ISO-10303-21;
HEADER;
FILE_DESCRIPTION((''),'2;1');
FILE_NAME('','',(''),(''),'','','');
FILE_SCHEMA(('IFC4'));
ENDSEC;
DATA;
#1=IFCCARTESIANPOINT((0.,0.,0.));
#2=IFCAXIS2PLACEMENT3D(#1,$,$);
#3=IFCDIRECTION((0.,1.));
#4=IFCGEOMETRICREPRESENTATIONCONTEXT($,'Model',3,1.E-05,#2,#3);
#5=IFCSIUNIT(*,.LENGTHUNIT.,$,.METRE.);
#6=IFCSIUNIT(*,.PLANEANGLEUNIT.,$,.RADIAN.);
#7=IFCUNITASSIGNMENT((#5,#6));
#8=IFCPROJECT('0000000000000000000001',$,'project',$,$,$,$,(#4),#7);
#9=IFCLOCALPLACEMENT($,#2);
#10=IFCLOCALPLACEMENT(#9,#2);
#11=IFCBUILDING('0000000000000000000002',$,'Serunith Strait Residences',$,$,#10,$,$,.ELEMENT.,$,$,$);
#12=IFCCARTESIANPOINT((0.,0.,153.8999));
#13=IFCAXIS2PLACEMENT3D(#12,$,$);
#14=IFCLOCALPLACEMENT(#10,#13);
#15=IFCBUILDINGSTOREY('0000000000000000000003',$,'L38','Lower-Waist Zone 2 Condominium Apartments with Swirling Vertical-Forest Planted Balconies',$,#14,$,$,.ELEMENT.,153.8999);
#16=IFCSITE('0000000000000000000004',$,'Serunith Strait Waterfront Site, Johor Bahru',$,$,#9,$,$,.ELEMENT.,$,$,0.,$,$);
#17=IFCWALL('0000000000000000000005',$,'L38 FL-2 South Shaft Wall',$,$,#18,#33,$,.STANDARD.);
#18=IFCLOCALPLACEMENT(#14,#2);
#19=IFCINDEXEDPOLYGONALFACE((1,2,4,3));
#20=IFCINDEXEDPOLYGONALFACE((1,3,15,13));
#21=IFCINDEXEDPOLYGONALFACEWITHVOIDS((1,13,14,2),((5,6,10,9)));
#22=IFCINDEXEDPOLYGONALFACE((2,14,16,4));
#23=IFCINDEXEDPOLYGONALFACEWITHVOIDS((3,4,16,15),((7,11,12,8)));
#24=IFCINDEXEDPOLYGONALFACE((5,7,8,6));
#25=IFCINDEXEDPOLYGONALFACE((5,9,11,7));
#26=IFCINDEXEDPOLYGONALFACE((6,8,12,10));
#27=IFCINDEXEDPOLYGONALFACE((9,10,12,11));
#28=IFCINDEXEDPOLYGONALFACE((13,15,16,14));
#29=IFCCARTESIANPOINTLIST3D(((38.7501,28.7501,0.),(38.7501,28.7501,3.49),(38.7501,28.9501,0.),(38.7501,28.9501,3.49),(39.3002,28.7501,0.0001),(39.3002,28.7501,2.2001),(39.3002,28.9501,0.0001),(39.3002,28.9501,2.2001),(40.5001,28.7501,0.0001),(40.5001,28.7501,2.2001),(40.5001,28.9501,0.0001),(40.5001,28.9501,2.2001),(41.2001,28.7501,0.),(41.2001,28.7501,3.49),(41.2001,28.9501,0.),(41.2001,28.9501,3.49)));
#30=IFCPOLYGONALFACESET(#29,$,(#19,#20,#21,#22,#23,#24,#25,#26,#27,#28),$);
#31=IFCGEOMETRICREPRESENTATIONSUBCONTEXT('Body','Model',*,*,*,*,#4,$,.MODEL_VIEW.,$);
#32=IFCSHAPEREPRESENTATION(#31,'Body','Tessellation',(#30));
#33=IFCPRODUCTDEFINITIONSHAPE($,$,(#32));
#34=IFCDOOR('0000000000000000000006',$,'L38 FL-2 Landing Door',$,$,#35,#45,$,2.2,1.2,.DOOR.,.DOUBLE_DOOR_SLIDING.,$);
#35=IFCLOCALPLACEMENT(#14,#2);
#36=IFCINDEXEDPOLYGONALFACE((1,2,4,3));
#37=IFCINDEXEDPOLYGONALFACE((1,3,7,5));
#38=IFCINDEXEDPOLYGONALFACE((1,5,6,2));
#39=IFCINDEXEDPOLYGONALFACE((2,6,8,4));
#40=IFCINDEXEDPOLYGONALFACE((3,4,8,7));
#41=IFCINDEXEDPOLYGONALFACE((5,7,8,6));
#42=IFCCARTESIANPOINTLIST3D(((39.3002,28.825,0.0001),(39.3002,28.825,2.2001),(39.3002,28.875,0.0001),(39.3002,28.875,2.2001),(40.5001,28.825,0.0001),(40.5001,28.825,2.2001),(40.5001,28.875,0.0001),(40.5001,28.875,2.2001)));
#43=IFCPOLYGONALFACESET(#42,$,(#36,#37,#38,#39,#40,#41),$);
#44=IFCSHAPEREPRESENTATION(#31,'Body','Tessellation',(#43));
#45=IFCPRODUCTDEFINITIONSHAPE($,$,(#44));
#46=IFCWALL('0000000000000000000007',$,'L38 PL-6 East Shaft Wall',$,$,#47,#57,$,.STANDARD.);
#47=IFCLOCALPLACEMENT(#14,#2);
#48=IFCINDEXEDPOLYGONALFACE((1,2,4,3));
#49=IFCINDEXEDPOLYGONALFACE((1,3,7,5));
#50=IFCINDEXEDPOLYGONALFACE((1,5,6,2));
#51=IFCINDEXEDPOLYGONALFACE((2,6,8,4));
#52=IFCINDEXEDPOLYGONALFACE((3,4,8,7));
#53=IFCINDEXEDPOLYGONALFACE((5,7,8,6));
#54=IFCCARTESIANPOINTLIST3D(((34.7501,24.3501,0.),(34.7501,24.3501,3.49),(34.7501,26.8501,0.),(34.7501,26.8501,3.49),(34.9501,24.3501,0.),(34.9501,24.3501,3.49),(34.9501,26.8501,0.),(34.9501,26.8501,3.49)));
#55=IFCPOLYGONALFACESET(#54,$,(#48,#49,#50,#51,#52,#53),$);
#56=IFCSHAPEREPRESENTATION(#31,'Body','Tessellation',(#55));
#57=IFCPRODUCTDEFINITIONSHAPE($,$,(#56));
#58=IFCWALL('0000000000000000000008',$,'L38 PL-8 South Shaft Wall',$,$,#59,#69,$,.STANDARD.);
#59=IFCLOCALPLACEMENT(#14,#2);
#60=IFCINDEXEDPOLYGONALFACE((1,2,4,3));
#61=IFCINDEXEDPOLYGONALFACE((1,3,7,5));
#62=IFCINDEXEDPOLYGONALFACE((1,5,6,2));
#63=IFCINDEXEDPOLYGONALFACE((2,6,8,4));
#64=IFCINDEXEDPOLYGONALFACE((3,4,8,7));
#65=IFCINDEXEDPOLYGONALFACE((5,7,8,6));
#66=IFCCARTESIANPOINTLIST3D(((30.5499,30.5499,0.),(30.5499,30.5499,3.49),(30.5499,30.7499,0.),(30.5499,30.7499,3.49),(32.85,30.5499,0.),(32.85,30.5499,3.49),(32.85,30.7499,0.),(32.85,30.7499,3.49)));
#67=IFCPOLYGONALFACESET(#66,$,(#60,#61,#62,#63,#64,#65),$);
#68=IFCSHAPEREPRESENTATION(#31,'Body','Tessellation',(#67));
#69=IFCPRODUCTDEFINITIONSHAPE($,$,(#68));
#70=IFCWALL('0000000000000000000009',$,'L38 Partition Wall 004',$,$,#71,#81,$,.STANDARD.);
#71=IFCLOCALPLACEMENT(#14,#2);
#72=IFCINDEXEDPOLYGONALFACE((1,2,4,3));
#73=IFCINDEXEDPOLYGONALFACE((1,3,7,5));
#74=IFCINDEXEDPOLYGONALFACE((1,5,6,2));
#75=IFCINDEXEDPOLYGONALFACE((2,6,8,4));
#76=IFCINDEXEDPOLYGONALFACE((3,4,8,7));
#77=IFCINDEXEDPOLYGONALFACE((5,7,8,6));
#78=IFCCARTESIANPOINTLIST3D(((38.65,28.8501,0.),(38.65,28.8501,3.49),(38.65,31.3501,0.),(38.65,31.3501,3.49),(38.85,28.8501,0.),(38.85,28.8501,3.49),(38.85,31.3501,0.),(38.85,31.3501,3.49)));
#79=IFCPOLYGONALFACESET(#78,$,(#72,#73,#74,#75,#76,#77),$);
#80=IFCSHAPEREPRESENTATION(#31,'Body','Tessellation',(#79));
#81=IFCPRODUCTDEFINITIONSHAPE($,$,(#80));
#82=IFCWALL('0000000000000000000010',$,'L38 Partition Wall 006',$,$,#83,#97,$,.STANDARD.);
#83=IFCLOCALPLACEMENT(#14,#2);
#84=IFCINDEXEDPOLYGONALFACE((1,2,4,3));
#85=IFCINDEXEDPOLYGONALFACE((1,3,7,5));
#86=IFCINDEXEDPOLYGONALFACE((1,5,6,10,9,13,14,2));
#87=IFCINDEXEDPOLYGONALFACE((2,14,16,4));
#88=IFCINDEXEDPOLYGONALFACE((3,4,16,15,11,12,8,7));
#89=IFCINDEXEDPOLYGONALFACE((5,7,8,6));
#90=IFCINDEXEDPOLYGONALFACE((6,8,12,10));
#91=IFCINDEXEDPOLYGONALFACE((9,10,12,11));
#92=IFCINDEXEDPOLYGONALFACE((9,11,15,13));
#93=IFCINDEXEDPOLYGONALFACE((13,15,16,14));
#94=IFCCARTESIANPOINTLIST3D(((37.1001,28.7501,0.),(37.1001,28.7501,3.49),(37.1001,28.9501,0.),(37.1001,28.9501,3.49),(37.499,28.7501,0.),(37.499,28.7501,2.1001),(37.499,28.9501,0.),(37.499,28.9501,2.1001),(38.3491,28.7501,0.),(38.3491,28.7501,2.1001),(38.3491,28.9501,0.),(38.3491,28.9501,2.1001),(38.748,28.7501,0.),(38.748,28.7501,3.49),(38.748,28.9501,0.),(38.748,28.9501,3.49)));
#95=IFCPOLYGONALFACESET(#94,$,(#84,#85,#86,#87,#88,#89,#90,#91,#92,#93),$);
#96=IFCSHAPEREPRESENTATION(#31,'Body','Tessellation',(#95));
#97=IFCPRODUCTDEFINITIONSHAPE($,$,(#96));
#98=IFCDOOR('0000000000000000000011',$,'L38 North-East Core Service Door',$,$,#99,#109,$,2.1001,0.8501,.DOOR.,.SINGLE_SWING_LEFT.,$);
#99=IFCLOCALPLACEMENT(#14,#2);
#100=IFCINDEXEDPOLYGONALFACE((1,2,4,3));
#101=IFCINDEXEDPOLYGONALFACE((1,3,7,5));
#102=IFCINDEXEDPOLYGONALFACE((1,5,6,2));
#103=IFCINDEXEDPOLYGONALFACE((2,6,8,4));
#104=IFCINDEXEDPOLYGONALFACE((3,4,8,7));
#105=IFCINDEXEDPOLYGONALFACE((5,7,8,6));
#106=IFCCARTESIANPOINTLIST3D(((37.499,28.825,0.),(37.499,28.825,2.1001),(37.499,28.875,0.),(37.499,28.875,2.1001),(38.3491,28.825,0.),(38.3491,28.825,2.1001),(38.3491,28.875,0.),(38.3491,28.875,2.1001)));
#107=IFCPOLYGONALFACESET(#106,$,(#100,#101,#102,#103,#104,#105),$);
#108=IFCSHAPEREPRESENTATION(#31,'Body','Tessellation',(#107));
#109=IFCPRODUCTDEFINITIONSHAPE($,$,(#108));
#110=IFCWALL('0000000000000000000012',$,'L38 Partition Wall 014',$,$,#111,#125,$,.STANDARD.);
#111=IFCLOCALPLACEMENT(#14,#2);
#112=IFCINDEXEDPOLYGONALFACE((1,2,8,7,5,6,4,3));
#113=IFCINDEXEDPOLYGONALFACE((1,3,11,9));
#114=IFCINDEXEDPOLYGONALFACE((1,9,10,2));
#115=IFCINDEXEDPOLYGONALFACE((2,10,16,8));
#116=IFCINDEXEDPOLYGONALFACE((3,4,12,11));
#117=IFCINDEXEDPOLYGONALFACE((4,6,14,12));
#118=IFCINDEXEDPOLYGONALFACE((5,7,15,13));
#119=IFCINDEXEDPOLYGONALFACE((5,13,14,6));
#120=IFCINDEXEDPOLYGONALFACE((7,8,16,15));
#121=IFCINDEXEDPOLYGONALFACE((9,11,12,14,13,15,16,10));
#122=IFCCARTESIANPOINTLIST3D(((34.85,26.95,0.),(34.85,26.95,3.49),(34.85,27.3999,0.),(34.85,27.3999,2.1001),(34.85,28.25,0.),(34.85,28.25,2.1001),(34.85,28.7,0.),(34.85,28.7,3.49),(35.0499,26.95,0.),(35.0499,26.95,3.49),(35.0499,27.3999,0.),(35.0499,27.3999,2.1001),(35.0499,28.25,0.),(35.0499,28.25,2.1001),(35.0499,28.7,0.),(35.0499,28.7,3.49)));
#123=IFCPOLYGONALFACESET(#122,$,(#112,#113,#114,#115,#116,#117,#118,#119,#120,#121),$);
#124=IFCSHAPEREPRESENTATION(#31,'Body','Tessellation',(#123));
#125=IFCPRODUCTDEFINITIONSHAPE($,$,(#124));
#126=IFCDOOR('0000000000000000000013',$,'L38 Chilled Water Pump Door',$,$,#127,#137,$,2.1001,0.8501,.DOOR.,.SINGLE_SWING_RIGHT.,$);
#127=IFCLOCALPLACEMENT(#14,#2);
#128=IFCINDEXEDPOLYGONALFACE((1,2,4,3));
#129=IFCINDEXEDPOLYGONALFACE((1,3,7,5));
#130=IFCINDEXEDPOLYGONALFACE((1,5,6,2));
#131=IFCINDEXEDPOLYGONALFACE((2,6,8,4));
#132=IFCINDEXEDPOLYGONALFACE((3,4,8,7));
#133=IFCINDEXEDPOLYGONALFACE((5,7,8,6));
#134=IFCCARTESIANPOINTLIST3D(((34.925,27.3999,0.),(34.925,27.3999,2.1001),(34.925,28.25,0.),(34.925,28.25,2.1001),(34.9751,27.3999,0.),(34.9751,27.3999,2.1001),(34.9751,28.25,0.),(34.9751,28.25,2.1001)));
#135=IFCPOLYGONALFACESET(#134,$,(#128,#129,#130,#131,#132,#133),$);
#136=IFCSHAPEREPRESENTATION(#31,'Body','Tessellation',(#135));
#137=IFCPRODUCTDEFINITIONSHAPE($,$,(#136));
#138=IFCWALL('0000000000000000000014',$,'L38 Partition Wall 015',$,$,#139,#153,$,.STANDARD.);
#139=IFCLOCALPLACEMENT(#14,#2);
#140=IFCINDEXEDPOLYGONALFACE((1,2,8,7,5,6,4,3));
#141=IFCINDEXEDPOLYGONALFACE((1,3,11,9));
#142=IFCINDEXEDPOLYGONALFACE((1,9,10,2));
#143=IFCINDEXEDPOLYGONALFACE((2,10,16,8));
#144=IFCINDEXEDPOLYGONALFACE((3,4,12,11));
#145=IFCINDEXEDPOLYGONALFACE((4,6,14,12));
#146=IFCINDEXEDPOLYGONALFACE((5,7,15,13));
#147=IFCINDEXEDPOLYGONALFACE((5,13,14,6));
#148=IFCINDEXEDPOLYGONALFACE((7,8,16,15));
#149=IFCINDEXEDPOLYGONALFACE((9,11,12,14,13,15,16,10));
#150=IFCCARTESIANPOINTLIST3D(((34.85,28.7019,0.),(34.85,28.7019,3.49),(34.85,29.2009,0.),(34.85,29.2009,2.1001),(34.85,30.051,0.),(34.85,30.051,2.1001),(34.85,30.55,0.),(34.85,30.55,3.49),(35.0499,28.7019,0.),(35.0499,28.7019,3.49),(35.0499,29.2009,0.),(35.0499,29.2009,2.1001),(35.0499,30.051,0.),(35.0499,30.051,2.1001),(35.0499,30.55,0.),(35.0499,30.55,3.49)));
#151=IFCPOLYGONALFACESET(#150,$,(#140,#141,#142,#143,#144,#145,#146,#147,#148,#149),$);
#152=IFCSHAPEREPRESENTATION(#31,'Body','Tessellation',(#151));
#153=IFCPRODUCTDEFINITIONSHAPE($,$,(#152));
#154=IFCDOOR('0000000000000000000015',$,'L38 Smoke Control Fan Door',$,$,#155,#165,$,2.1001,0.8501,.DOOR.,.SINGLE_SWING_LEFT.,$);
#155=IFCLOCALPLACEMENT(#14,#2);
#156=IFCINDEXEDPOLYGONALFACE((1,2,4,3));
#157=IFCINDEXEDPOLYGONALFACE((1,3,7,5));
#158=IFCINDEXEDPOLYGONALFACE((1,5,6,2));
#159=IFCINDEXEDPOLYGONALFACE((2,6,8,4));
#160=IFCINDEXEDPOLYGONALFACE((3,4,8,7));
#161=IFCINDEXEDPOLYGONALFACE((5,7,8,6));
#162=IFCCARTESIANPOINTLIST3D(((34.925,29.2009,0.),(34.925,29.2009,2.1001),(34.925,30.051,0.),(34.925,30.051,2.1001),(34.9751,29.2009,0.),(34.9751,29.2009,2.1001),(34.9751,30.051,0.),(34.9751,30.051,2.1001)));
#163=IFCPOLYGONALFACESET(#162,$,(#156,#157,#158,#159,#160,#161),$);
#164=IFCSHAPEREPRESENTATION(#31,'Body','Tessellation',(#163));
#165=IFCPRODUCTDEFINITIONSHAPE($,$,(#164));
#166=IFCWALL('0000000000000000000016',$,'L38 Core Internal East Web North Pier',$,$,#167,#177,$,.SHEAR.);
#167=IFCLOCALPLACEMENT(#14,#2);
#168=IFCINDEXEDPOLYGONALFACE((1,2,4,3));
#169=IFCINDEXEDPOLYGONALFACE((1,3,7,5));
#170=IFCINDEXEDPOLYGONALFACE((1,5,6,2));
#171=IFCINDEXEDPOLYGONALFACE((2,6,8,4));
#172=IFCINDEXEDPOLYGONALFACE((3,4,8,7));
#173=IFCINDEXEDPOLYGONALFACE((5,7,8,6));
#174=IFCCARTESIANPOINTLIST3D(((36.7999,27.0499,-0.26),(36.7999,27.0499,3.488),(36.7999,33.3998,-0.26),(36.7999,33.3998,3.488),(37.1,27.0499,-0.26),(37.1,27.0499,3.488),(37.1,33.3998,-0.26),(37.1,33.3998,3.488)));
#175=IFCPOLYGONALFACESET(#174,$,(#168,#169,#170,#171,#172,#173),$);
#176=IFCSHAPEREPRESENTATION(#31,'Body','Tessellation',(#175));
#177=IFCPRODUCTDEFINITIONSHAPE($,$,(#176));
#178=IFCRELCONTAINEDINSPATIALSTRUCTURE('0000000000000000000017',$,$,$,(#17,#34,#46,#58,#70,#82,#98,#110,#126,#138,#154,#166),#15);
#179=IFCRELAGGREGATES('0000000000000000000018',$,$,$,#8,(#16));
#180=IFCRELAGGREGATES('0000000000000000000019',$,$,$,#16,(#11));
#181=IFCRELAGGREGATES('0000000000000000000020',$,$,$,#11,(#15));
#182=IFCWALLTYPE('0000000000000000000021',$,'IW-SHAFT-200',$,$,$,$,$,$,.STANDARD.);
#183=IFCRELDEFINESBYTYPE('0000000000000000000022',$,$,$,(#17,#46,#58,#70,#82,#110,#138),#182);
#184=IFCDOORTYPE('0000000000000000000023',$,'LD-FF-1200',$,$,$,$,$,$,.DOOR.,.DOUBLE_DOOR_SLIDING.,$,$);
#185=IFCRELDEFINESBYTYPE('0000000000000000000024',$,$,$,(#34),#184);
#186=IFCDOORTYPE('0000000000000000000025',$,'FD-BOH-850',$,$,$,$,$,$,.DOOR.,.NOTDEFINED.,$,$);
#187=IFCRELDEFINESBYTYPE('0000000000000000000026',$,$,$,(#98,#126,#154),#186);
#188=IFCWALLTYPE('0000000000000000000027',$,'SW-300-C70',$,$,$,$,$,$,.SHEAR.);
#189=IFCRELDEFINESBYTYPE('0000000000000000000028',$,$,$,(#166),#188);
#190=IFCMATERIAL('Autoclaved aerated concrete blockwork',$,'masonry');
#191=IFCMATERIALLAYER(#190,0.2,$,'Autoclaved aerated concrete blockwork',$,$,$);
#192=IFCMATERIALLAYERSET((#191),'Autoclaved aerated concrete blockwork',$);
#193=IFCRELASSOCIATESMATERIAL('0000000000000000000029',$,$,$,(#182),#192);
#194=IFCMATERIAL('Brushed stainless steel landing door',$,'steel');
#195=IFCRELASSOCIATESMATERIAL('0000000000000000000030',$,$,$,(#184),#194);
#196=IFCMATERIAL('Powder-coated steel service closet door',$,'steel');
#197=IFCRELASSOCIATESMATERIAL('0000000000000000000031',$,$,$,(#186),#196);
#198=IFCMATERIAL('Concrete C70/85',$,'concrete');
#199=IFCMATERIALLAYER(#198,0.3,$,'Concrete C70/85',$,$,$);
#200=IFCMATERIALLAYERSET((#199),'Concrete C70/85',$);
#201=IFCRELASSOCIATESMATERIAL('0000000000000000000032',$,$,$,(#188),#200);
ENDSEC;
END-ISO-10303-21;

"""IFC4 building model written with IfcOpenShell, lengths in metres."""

from ifc_helpers import new_model, si_unit, direction, frame, frame_2d, origin, place, context, subcontext, project, spatial, rectangle, extrude, source, transform, mapped, material, layer, layer_set, type_object, element, fill, save


model = new_model("IFC4")

# Units and contexts
model_context = context("Model", 3, precision=1e-05, world=origin(), true_north=direction((0.0, 1.0)))
body_context = subcontext(model_context, "Body", "Model", "MODEL_VIEW")
ifc_project = project(units=[si_unit("LENGTHUNIT", "METRE"), si_unit("PLANEANGLEUNIT", "RADIAN")], contexts=[model_context])

# Site, building, storey
site_placement = place(None, origin())
site = spatial("IfcSite", under=ifc_project, at=site_placement, Name="Serunith Strait Waterfront Site, Johor Bahru", CompositionType="ELEMENT", RefElevation=0.0)
building_placement = place(site_placement, origin())
building = spatial("IfcBuilding", under=site, at=building_placement, Name="Serunith Strait Residences", CompositionType="ELEMENT")
storey_placement = place(building_placement, frame((0.0, 0.0, 153.8999)))
storey = spatial("IfcBuildingStorey", under=building, at=storey_placement, Name="L38", Description="Lower-Waist Zone 2 Condominium Apartments with Swirling Vertical-Forest Planted Balconies", CompositionType="ELEMENT", Elevation=153.8999)

# Wall, opening, door
ifc_material_1 = material(Name="Autoclaved aerated concrete blockwork", Category="masonry")
ifc_layer_1 = layer(ifc_material_1, 0.2, Name="Autoclaved aerated concrete blockwork")
ifc_layer_set_1 = layer_set([ifc_layer_1], Name="Autoclaved aerated concrete blockwork")
wall_type_1 = type_object("IfcWallType", Name="IW-SHAFT-200", PredefinedType="STANDARD", material=ifc_layer_set_1)
wall_1_placement = place(storey_placement, frame((38.75, 28.8501, 0.0), z_axis=(0.0, 0.0, 1.0), x_axis=(1.0, 0.0, 0.0)))
wall_1 = element("IfcWall", 1, at=wall_1_placement, inside=storey, type_object=wall_type_1, Name="L38 FL-2 South Shaft Wall", PredefinedType="STANDARD", context=body_context, shape_type="SweptSolid", body=[
    extrude(rectangle(XDim=2.45, YDim=0.2, at=frame_2d((1.2251, 0.0))), origin(), (0.0, 0.0, 1.0), 3.49),
])
opening_1_placement = place(wall_1_placement, frame((0.55, 0.0, 0.0)))
opening_1 = element("IfcOpeningElement", 2, at=opening_1_placement, cuts=wall_1, PredefinedType="OPENING", context=body_context, shape_type="SweptSolid", body=[
    extrude(rectangle(XDim=1.2, YDim=2.2, at=frame_2d((0.6001, 1.1001))), frame((0.0, 0.1099, 0.0), z_axis=(0.0, -1.0, 0.0), x_axis=(1.0, 0.0, 0.0)), (0.0, 0.0, 1.0), 0.22),
])
ifc_material_2 = material(Name="Brushed stainless steel landing door", Category="steel")
door_type_1 = type_object("IfcDoorType", Name="LD-FF-1200", OperationType="DOUBLE_DOOR_SLIDING", PredefinedType="DOOR", material=ifc_material_2)
shared_shape_1 = source(origin(), body_context, "Body", "SweptSolid", [
    extrude(rectangle(XDim=1.2, YDim=2.2, at=frame_2d((0.6001, 1.1001))), frame((0.0, 0.0249, 0.0), z_axis=(0.0, -1.0, 0.0), x_axis=(1.0, 0.0, 0.0)), (0.0, 0.0, 1.0), 0.05),
])
door_1_placement = place(opening_1_placement, origin())
door_1 = element("IfcDoor", 3, at=door_1_placement, inside=storey, type_object=door_type_1, Name="L38 FL-2 Landing Door", OperationType="DOUBLE_DOOR_SLIDING", OverallHeight=2.2, OverallWidth=1.2, PredefinedType="DOOR", context=body_context, shape_type="MappedRepresentation", body=[
    mapped(shared_shape_1, transform((0.0, 0.0, 0.0), scale=1.0)),
])
fill(opening_1, door_1)

# Walls
wall_2_placement = place(storey_placement, frame((34.8501, 24.3501, 0.0), z_axis=(0.0, 0.0, 1.0), x_axis=(0.0, 1.0, 0.0)))
element("IfcWall", 4, at=wall_2_placement, inside=storey, type_object=wall_type_1, Name="L38 PL-6 East Shaft Wall", PredefinedType="STANDARD", context=body_context, shape_type="SweptSolid", body=[
    extrude(rectangle(XDim=2.5, YDim=0.2, at=frame_2d((1.25, 0.0))), origin(), (0.0, 0.0, 1.0), 3.49),
])
wall_3_placement = place(storey_placement, frame((30.55, 30.6499, 0.0), z_axis=(0.0, 0.0, 1.0), x_axis=(1.0, 0.0, 0.0)))
element("IfcWall", 5, at=wall_3_placement, inside=storey, type_object=wall_type_1, Name="L38 PL-8 South Shaft Wall", PredefinedType="STANDARD", context=body_context, shape_type="SweptSolid", body=[
    extrude(rectangle(XDim=2.3, YDim=0.2, at=frame_2d((1.1499, 0.0))), origin(), (0.0, 0.0, 1.0), 3.49),
])
wall_4_placement = place(storey_placement, frame((38.75, 28.8501, 0.0), z_axis=(0.0, 0.0, 1.0), x_axis=(0.0, 1.0, 0.0)))
element("IfcWall", 6, at=wall_4_placement, inside=storey, type_object=wall_type_1, Name="L38 Partition Wall 004", PredefinedType="STANDARD", context=body_context, shape_type="SweptSolid", body=[
    extrude(rectangle(XDim=2.5, YDim=0.2, at=frame_2d((1.25, 0.0))), origin(), (0.0, 0.0, 1.0), 3.49),
])

# Walls, openings, doors
wall_5_placement = place(storey_placement, frame((37.1001, 28.8501, 0.0), z_axis=(0.0, 0.0, 1.0), x_axis=(1.0, 0.0, 0.0)))
wall_5 = element("IfcWall", 7, at=wall_5_placement, inside=storey, type_object=wall_type_1, Name="L38 Partition Wall 006", PredefinedType="STANDARD", context=body_context, shape_type="SweptSolid", body=[
    extrude(rectangle(XDim=1.6479, YDim=0.2, at=frame_2d((0.824, 0.0))), origin(), (0.0, 0.0, 1.0), 3.49),
])
opening_2_placement = place(wall_5_placement, frame((0.3989, 0.0, 0.0)))
opening_2 = element("IfcOpeningElement", 8, at=opening_2_placement, cuts=wall_5, PredefinedType="OPENING", context=body_context, shape_type="SweptSolid", body=[
    extrude(rectangle(XDim=0.8501, YDim=2.1001, at=frame_2d((0.425, 1.05))), frame((0.0, 0.1099, 0.0), z_axis=(0.0, -1.0, 0.0), x_axis=(1.0, 0.0, 0.0)), (0.0, 0.0, 1.0), 0.22),
])
ifc_material_3 = material(Name="Powder-coated steel service closet door", Category="steel")
door_type_2 = type_object("IfcDoorType", Name="FD-BOH-850", OperationType="NOTDEFINED", PredefinedType="DOOR", material=ifc_material_3)
shared_shape_2 = source(origin(), body_context, "Body", "SweptSolid", [
    extrude(rectangle(XDim=0.8501, YDim=2.1001, at=frame_2d((0.425, 1.05))), frame((0.0, 0.0249, 0.0), z_axis=(0.0, -1.0, 0.0), x_axis=(1.0, 0.0, 0.0)), (0.0, 0.0, 1.0), 0.05),
])
door_2_placement = place(opening_2_placement, origin())
door_2 = element("IfcDoor", 9, at=door_2_placement, inside=storey, type_object=door_type_2, Name="L38 North-East Core Service Door", OperationType="SINGLE_SWING_LEFT", OverallHeight=2.1001, OverallWidth=0.8501, PredefinedType="DOOR", context=body_context, shape_type="MappedRepresentation", body=[
    mapped(shared_shape_2, transform((0.0, 0.0, 0.0), scale=1.0)),
])
fill(opening_2, door_2)
wall_6_placement = place(storey_placement, frame((34.95, 26.95, 0.0), z_axis=(0.0, 0.0, 1.0), x_axis=(0.0, 1.0, 0.0)))
wall_6 = element("IfcWall", 10, at=wall_6_placement, inside=storey, type_object=wall_type_1, Name="L38 Partition Wall 014", PredefinedType="STANDARD", context=body_context, shape_type="SweptSolid", body=[
    extrude(rectangle(XDim=1.75, YDim=0.2, at=frame_2d((0.875, 0.0))), origin(), (0.0, 0.0, 1.0), 3.49),
])
opening_3_placement = place(wall_6_placement, frame((0.45, 0.0, 0.0)))
opening_3 = element("IfcOpeningElement", 11, at=opening_3_placement, cuts=wall_6, PredefinedType="OPENING", context=body_context, shape_type="SweptSolid", body=[
    extrude(rectangle(XDim=0.8501, YDim=2.1001, at=frame_2d((0.425, 1.05))), frame((0.0, 0.1099, 0.0), z_axis=(0.0, -1.0, 0.0), x_axis=(1.0, 0.0, 0.0)), (0.0, 0.0, 1.0), 0.22),
])
door_3_placement = place(opening_3_placement, origin())
door_3 = element("IfcDoor", 12, at=door_3_placement, inside=storey, type_object=door_type_2, Name="L38 Chilled Water Pump Door", OperationType="SINGLE_SWING_RIGHT", OverallHeight=2.1001, OverallWidth=0.8501, PredefinedType="DOOR", context=body_context, shape_type="MappedRepresentation", body=[
    mapped(shared_shape_2, transform((0.0, 0.0, 0.0), scale=1.0)),
])
fill(opening_3, door_3)
wall_7_placement = place(storey_placement, frame((34.95, 28.7019, 0.0), z_axis=(0.0, 0.0, 1.0), x_axis=(0.0, 1.0, 0.0)))
wall_7 = element("IfcWall", 13, at=wall_7_placement, inside=storey, type_object=wall_type_1, Name="L38 Partition Wall 015", PredefinedType="STANDARD", context=body_context, shape_type="SweptSolid", body=[
    extrude(rectangle(XDim=1.8481, YDim=0.2, at=frame_2d((0.9241, 0.0))), origin(), (0.0, 0.0, 1.0), 3.49),
])
opening_4_placement = place(wall_7_placement, frame((0.499, 0.0, 0.0)))
opening_4 = element("IfcOpeningElement", 14, at=opening_4_placement, cuts=wall_7, PredefinedType="OPENING", context=body_context, shape_type="SweptSolid", body=[
    extrude(rectangle(XDim=0.8501, YDim=2.1001, at=frame_2d((0.425, 1.05))), frame((0.0, 0.1099, 0.0), z_axis=(0.0, -1.0, 0.0), x_axis=(1.0, 0.0, 0.0)), (0.0, 0.0, 1.0), 0.22),
])
door_4_placement = place(opening_4_placement, origin())
door_4 = element("IfcDoor", 15, at=door_4_placement, inside=storey, type_object=door_type_2, Name="L38 Smoke Control Fan Door", OperationType="SINGLE_SWING_LEFT", OverallHeight=2.1001, OverallWidth=0.8501, PredefinedType="DOOR", context=body_context, shape_type="MappedRepresentation", body=[
    mapped(shared_shape_2, transform((0.0, 0.0, 0.0), scale=1.0)),
])
fill(opening_4, door_4)

# Wall
ifc_material_4 = material(Name="Concrete C70/85", Category="concrete")
ifc_layer_2 = layer(ifc_material_4, 0.3, Name="Concrete C70/85")
ifc_layer_set_2 = layer_set([ifc_layer_2], Name="Concrete C70/85")
wall_type_2 = type_object("IfcWallType", Name="SW-300-C70", PredefinedType="SHEAR", material=ifc_layer_set_2)
wall_8_placement = place(storey_placement, frame((36.95, 27.05, -0.26), z_axis=(0.0, 0.0, 1.0), x_axis=(0.0, 1.0, 0.0)))
element("IfcWall", 16, at=wall_8_placement, inside=storey, type_object=wall_type_2, Name="L38 Core Internal East Web North Pier", PredefinedType="SHEAR", context=body_context, shape_type="SweptSolid", body=[
    extrude(rectangle(XDim=6.3499, YDim=0.3, at=frame_2d((3.1748, 0.0))), origin(), (0.0, 0.0, 1.0), 3.748),
])

save(model, "model.ifc")
